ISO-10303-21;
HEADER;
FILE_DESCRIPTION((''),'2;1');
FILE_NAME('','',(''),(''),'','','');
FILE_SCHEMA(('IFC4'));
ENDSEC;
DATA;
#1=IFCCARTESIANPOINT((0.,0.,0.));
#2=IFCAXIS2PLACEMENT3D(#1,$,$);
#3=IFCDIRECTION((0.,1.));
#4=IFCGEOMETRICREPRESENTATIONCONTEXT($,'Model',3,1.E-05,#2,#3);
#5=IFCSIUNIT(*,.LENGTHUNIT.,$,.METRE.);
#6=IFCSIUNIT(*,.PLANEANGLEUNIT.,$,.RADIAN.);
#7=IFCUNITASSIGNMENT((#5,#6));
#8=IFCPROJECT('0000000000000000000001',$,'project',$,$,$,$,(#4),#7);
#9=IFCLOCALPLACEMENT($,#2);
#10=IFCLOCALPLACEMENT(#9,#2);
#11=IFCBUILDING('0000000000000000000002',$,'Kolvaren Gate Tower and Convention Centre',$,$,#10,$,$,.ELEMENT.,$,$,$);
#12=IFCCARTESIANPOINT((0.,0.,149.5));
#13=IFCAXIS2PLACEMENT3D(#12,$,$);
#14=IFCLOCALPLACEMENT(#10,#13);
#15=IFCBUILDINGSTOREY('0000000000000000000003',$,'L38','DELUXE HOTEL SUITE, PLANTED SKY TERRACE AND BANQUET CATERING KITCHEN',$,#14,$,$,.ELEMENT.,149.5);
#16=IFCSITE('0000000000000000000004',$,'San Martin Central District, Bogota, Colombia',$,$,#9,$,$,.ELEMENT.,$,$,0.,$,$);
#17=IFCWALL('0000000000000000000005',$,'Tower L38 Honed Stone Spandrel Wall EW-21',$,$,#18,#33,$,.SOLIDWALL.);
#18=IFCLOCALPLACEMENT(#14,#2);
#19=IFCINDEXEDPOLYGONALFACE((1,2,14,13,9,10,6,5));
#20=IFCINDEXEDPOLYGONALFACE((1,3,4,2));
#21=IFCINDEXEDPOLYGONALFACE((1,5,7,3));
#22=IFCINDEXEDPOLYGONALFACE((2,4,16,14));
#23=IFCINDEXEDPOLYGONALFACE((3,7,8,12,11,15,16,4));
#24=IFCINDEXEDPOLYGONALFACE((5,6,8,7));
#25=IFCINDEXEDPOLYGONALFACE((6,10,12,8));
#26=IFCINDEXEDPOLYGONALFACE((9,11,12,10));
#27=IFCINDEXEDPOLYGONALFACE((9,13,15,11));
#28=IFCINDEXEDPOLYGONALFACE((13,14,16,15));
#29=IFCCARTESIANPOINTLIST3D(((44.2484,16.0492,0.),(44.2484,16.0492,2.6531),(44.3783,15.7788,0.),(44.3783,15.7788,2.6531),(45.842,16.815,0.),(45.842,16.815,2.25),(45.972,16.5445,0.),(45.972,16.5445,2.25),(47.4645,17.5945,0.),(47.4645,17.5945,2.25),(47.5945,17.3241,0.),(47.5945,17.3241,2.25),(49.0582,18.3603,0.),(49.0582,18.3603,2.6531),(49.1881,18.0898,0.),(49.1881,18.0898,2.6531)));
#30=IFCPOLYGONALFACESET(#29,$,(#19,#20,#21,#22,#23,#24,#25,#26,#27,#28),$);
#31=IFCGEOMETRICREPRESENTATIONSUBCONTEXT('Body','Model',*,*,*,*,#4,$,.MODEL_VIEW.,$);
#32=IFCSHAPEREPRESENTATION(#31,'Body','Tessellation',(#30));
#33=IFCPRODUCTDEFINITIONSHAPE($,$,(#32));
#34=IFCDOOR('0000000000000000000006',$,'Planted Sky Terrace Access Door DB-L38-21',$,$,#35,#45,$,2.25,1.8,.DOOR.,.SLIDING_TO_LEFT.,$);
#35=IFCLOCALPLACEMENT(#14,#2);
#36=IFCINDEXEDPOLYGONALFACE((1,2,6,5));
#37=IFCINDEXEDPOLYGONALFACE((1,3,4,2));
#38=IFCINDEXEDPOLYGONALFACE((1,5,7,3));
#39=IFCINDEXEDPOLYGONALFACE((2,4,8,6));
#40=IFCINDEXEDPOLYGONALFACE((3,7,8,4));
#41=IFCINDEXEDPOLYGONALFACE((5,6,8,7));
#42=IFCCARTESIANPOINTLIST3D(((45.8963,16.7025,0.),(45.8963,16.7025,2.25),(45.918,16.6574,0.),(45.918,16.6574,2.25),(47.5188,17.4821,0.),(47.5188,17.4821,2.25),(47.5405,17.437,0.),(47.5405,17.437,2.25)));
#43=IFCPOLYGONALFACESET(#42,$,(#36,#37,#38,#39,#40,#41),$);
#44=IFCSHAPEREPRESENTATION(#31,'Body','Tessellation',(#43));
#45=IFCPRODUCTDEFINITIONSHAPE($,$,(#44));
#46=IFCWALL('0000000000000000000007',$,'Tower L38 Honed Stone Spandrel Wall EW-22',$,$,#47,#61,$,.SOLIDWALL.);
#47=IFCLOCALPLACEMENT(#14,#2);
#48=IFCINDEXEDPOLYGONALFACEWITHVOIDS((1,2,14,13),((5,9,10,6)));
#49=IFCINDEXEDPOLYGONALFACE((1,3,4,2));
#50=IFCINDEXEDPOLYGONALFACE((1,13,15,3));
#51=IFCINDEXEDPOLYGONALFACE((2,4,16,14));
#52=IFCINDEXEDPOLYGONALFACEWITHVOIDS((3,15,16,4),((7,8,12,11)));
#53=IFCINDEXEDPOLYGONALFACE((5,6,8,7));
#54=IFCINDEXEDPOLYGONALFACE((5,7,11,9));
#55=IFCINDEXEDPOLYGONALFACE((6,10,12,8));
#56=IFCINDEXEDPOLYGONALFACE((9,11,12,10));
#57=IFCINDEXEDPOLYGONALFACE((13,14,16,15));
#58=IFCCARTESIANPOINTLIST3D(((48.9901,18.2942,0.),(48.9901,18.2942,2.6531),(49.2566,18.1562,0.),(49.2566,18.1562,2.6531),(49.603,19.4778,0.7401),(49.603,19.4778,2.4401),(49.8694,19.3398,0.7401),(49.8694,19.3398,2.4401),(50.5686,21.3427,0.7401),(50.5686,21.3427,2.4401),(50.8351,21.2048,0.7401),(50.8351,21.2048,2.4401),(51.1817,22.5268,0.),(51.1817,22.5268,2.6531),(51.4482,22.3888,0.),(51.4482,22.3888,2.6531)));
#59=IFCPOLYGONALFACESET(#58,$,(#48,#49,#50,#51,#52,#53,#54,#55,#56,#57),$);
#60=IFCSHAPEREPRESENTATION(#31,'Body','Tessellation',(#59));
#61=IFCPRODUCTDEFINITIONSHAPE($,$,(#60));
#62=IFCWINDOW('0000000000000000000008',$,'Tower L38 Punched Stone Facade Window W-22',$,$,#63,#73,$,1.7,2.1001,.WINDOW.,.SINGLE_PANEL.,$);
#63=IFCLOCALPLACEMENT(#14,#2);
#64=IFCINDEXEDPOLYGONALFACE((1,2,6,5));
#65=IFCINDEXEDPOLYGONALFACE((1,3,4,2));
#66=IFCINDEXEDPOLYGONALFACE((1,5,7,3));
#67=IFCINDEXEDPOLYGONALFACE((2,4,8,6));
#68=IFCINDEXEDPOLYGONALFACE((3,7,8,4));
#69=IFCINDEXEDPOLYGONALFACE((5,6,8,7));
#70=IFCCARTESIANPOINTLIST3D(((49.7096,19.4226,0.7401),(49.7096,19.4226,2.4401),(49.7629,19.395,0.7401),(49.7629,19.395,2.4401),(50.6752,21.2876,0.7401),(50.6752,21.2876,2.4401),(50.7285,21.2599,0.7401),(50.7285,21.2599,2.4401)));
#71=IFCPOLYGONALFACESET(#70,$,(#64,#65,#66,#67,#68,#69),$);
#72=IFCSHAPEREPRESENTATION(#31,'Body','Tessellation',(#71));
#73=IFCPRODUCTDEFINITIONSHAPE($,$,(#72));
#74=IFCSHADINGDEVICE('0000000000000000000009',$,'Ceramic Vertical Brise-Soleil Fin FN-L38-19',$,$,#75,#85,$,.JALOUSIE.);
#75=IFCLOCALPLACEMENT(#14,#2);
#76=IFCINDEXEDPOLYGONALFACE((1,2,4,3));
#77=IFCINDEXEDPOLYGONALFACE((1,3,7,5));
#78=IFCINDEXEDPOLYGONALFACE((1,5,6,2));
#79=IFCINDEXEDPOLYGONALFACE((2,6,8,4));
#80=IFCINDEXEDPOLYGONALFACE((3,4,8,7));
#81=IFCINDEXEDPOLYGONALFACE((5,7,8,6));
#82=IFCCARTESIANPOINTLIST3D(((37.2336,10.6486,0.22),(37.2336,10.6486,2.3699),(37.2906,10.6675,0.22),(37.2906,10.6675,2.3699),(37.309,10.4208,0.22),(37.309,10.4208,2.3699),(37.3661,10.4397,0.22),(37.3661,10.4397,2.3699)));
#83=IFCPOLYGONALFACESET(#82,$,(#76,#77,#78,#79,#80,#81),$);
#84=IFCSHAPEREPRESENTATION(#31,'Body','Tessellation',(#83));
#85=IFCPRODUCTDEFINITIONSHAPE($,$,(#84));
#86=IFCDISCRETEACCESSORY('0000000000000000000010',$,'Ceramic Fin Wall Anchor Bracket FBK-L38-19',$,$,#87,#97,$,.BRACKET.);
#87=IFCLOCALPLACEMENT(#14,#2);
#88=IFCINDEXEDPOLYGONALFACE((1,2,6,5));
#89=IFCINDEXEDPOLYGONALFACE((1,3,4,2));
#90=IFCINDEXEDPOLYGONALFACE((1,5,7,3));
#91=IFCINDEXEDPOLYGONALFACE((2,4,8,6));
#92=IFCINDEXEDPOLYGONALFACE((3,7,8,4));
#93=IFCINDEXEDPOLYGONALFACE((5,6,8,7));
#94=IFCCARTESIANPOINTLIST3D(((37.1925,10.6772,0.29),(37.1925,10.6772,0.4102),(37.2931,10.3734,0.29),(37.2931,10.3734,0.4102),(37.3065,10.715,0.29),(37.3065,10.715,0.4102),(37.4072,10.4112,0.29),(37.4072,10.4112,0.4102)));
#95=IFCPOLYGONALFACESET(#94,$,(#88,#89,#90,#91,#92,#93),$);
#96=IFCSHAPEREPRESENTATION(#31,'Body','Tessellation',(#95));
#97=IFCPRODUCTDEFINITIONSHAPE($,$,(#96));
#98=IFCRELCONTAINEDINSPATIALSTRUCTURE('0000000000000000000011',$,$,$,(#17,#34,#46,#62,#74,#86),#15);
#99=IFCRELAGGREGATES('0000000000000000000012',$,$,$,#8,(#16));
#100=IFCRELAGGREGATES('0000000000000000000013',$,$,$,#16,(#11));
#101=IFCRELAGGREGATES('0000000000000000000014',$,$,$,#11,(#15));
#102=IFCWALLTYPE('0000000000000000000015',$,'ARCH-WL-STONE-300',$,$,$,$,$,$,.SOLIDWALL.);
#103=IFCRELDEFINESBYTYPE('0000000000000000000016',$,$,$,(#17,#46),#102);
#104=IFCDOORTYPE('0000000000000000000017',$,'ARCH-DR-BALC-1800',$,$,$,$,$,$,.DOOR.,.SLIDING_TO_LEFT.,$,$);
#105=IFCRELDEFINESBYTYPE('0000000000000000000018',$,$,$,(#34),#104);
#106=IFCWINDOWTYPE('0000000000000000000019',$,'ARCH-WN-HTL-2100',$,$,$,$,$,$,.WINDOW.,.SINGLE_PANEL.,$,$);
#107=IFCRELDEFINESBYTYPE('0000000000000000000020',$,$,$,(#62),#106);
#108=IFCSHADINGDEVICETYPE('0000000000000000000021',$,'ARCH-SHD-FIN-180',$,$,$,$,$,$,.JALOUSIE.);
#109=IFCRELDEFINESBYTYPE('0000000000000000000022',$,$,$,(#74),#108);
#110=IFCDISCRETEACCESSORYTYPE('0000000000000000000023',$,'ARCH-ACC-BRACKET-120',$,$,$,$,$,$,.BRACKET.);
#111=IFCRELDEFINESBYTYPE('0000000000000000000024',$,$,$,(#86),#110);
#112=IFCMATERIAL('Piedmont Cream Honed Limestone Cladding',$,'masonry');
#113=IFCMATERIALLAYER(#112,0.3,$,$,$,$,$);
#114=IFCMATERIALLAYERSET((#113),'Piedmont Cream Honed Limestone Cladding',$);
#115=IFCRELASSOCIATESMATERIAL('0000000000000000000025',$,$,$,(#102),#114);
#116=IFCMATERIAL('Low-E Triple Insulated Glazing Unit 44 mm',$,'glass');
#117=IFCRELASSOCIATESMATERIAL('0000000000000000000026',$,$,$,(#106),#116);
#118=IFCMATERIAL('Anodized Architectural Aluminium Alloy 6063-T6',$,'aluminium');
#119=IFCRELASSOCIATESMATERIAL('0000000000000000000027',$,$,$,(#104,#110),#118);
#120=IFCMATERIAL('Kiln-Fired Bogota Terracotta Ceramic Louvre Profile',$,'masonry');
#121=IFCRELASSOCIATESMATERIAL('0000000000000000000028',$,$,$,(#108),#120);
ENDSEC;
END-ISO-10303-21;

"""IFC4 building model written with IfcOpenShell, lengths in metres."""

from ifc_helpers import new_model, si_unit, direction, frame, frame_2d, origin, origin_2d, place, context, subcontext, project, spatial, rectangle, extrude, material, layer, layer_set, type_object, element, fill, save


model = new_model("IFC4")

# Units and contexts
model_context = context("Model", 3, precision=1e-05, world=origin(), true_north=direction((0.0, 1.0)))
body_context = subcontext(model_context, "Body", "Model", "MODEL_VIEW")
ifc_project = project(units=[si_unit("LENGTHUNIT", "METRE"), si_unit("PLANEANGLEUNIT", "RADIAN")], contexts=[model_context])

# Site, building, storey
site_placement = place(None, origin())
site = spatial("IfcSite", under=ifc_project, at=site_placement, Name="San Martin Central District, Bogota, Colombia", CompositionType="ELEMENT", RefElevation=0.0)
building_placement = place(site_placement, origin())
building = spatial("IfcBuilding", under=site, at=building_placement, Name="Kolvaren Gate Tower and Convention Centre", CompositionType="ELEMENT")
storey_placement = place(building_placement, frame((0.0, 0.0, 149.5)))
storey = spatial("IfcBuildingStorey", under=building, at=storey_placement, Name="L38", Description="DELUXE HOTEL SUITE, PLANTED SKY TERRACE AND BANQUET CATERING KITCHEN", CompositionType="ELEMENT", Elevation=149.5)

# Shared definitions
ifc_material_1 = material(Name="Piedmont Cream Honed Limestone Cladding", Category="masonry")

# Shared definitions
ifc_layer_1 = layer(ifc_material_1, 0.3)
ifc_layer_set_1 = layer_set([ifc_layer_1], Name="Piedmont Cream Honed Limestone Cladding")
wall_type_1 = type_object("IfcWallType", Name="ARCH-WL-STONE-300", PredefinedType="SOLIDWALL", material=ifc_layer_set_1)
ifc_material_2 = material(Name="Low-E Triple Insulated Glazing Unit 44 mm", Category="glass")
window_type = type_object("IfcWindowType", Name="ARCH-WN-HTL-2100", PartitioningType="SINGLE_PANEL", PredefinedType="WINDOW", material=ifc_material_2)

# Wall, opening, door
wall_1_placement = place(storey_placement, frame((44.3135, 15.9141, 0.0), z_axis=(0.0, 0.0, 1.0), x_axis=(0.901353, 0.433085, 0.0)))
wall_1 = element("IfcWall", 1, at=wall_1_placement, inside=storey, type_object=wall_type_1, Name="Tower L38 Honed Stone Spandrel Wall EW-21", PredefinedType="SOLIDWALL", context=body_context, shape_type="SweptSolid", body=[
    extrude(rectangle(XDim=5.3362, YDim=0.3, at=frame_2d((2.668, 0.0))), origin(), (0.0, 0.0, 1.0), 2.6531),
])
opening_1_placement = place(wall_1_placement, frame((1.7681, 0.0, 0.0)))
opening_1 = element("IfcOpeningElement", 2, at=opening_1_placement, cuts=wall_1, PredefinedType="OPENING", context=body_context, shape_type="SweptSolid", body=[
    extrude(rectangle(XDim=1.8, YDim=2.25, at=frame_2d((0.8999, 1.125))), frame((0.0, 0.1599, 0.0), z_axis=(0.0, -1.0, 0.0), x_axis=(1.0, 0.0, 0.0)), (0.0, 0.0, 1.0), 0.3201),
])
ifc_material_3 = material(Name="Anodized Architectural Aluminium Alloy 6063-T6", Category="aluminium")
door_type_1 = type_object("IfcDoorType", Name="ARCH-DR-BALC-1800", OperationType="SLIDING_TO_LEFT", PredefinedType="DOOR", material=ifc_material_3)
door_1_placement = place(opening_1_placement, frame((1.8, 0.0, 0.0), z_axis=(0.0, 0.0, 1.0), x_axis=(-1.0, 0.0, 0.0)))
door_1 = element("IfcDoor", 3, at=door_1_placement, inside=storey, type_object=door_type_1, Name="Planted Sky Terrace Access Door DB-L38-21", OperationType="SLIDING_TO_LEFT", OverallHeight=2.25, OverallWidth=1.8, PredefinedType="DOOR", context=body_context, shape_type="SweptSolid", body=[
    extrude(rectangle(XDim=1.8, YDim=2.25, at=frame_2d((0.8999, 1.125))), frame((0.0, 0.0249, 0.0), z_axis=(0.0, -1.0, 0.0), x_axis=(1.0, 0.0, 0.0)), (0.0, 0.0, 1.0), 0.05),
])
fill(opening_1, door_1)

# Wall, opening, window
wall_2_placement = place(storey_placement, frame((49.1233, 18.2251, 0.0), z_axis=(0.0, 0.0, 1.0), x_axis=(0.45981, 0.888017, 0.0)))
wall_2 = element("IfcWall", 4, at=wall_2_placement, inside=storey, type_object=wall_type_1, Name="Tower L38 Honed Stone Spandrel Wall EW-22", PredefinedType="SOLIDWALL", context=body_context, shape_type="SweptSolid", body=[
    extrude(rectangle(XDim=4.7664, YDim=0.3, at=frame_2d((2.3833, 0.0))), origin(), (0.0, 0.0, 1.0), 2.6531),
])
opening_2_placement = place(wall_2_placement, frame((1.333, 0.0, 0.74)))
opening_2 = element("IfcOpeningElement", 5, at=opening_2_placement, cuts=wall_2, PredefinedType="OPENING", context=body_context, shape_type="SweptSolid", body=[
    extrude(rectangle(XDim=2.1001, YDim=1.7, at=frame_2d((1.05, 0.8501))), frame((0.0, 0.1599, 0.0), z_axis=(0.0, -1.0, 0.0), x_axis=(1.0, 0.0, 0.0)), (0.0, 0.0, 1.0), 0.3201),
])
window_1_placement = place(opening_2_placement, origin())
window_1 = element("IfcWindow", 6, at=window_1_placement, inside=storey, type_object=window_type, Name="Tower L38 Punched Stone Facade Window W-22", OverallHeight=1.7, OverallWidth=2.1001, PartitioningType="SINGLE_PANEL", PredefinedType="WINDOW", context=body_context, shape_type="SweptSolid", body=[
    extrude(rectangle(XDim=2.1001, YDim=1.7, at=frame_2d((1.05, 0.8501))), frame((0.0, 0.03, 0.0), z_axis=(0.0, -1.0, 0.0), x_axis=(1.0, 0.0, 0.0)), (0.0, 0.0, 1.0), 0.0601),
])
fill(opening_2, window_1)

# Shading device
ifc_material_4 = material(Name="Kiln-Fired Bogota Terracotta Ceramic Louvre Profile", Category="masonry")
shading_device_type = type_object("IfcShadingDeviceType", Name="ARCH-SHD-FIN-180", PredefinedType="JALOUSIE", material=ifc_material_4)
shading_device_placement = place(storey_placement, frame((37.2998, 10.5442, 0.22), z_axis=(0.0, 0.0, 1.0), x_axis=(0.94924, 0.314554, 0.0)))
element("IfcShadingDevice", 7, at=shading_device_placement, inside=storey, type_object=shading_device_type, Name="Ceramic Vertical Brise-Soleil Fin FN-L38-19", PredefinedType="JALOUSIE", context=body_context, shape_type="SweptSolid", body=[
    extrude(rectangle(XDim=0.0601, YDim=0.24, at=origin_2d()), origin(), (0.0, 0.0, 1.0), 2.1499),
])

# Discrete accessory
discrete_accessory_type = type_object("IfcDiscreteAccessoryType", Name="ARCH-ACC-BRACKET-120", PredefinedType="BRACKET", material=ifc_material_3)
discrete_accessory_placement = place(storey_placement, frame((37.2998, 10.5442, 0.29), z_axis=(0.0, 0.0, 1.0), x_axis=(0.94924, 0.314554, 0.0)))
element("IfcDiscreteAccessory", 8, at=discrete_accessory_placement, inside=storey, type_object=discrete_accessory_type, Name="Ceramic Fin Wall Anchor Bracket FBK-L38-19", PredefinedType="BRACKET", context=body_context, shape_type="SweptSolid", body=[
    extrude(rectangle(XDim=0.1201, YDim=0.3201, at=origin_2d()), origin(), (0.0, 0.0, 1.0), 0.1201),
])

save(model, "model.ifc")
